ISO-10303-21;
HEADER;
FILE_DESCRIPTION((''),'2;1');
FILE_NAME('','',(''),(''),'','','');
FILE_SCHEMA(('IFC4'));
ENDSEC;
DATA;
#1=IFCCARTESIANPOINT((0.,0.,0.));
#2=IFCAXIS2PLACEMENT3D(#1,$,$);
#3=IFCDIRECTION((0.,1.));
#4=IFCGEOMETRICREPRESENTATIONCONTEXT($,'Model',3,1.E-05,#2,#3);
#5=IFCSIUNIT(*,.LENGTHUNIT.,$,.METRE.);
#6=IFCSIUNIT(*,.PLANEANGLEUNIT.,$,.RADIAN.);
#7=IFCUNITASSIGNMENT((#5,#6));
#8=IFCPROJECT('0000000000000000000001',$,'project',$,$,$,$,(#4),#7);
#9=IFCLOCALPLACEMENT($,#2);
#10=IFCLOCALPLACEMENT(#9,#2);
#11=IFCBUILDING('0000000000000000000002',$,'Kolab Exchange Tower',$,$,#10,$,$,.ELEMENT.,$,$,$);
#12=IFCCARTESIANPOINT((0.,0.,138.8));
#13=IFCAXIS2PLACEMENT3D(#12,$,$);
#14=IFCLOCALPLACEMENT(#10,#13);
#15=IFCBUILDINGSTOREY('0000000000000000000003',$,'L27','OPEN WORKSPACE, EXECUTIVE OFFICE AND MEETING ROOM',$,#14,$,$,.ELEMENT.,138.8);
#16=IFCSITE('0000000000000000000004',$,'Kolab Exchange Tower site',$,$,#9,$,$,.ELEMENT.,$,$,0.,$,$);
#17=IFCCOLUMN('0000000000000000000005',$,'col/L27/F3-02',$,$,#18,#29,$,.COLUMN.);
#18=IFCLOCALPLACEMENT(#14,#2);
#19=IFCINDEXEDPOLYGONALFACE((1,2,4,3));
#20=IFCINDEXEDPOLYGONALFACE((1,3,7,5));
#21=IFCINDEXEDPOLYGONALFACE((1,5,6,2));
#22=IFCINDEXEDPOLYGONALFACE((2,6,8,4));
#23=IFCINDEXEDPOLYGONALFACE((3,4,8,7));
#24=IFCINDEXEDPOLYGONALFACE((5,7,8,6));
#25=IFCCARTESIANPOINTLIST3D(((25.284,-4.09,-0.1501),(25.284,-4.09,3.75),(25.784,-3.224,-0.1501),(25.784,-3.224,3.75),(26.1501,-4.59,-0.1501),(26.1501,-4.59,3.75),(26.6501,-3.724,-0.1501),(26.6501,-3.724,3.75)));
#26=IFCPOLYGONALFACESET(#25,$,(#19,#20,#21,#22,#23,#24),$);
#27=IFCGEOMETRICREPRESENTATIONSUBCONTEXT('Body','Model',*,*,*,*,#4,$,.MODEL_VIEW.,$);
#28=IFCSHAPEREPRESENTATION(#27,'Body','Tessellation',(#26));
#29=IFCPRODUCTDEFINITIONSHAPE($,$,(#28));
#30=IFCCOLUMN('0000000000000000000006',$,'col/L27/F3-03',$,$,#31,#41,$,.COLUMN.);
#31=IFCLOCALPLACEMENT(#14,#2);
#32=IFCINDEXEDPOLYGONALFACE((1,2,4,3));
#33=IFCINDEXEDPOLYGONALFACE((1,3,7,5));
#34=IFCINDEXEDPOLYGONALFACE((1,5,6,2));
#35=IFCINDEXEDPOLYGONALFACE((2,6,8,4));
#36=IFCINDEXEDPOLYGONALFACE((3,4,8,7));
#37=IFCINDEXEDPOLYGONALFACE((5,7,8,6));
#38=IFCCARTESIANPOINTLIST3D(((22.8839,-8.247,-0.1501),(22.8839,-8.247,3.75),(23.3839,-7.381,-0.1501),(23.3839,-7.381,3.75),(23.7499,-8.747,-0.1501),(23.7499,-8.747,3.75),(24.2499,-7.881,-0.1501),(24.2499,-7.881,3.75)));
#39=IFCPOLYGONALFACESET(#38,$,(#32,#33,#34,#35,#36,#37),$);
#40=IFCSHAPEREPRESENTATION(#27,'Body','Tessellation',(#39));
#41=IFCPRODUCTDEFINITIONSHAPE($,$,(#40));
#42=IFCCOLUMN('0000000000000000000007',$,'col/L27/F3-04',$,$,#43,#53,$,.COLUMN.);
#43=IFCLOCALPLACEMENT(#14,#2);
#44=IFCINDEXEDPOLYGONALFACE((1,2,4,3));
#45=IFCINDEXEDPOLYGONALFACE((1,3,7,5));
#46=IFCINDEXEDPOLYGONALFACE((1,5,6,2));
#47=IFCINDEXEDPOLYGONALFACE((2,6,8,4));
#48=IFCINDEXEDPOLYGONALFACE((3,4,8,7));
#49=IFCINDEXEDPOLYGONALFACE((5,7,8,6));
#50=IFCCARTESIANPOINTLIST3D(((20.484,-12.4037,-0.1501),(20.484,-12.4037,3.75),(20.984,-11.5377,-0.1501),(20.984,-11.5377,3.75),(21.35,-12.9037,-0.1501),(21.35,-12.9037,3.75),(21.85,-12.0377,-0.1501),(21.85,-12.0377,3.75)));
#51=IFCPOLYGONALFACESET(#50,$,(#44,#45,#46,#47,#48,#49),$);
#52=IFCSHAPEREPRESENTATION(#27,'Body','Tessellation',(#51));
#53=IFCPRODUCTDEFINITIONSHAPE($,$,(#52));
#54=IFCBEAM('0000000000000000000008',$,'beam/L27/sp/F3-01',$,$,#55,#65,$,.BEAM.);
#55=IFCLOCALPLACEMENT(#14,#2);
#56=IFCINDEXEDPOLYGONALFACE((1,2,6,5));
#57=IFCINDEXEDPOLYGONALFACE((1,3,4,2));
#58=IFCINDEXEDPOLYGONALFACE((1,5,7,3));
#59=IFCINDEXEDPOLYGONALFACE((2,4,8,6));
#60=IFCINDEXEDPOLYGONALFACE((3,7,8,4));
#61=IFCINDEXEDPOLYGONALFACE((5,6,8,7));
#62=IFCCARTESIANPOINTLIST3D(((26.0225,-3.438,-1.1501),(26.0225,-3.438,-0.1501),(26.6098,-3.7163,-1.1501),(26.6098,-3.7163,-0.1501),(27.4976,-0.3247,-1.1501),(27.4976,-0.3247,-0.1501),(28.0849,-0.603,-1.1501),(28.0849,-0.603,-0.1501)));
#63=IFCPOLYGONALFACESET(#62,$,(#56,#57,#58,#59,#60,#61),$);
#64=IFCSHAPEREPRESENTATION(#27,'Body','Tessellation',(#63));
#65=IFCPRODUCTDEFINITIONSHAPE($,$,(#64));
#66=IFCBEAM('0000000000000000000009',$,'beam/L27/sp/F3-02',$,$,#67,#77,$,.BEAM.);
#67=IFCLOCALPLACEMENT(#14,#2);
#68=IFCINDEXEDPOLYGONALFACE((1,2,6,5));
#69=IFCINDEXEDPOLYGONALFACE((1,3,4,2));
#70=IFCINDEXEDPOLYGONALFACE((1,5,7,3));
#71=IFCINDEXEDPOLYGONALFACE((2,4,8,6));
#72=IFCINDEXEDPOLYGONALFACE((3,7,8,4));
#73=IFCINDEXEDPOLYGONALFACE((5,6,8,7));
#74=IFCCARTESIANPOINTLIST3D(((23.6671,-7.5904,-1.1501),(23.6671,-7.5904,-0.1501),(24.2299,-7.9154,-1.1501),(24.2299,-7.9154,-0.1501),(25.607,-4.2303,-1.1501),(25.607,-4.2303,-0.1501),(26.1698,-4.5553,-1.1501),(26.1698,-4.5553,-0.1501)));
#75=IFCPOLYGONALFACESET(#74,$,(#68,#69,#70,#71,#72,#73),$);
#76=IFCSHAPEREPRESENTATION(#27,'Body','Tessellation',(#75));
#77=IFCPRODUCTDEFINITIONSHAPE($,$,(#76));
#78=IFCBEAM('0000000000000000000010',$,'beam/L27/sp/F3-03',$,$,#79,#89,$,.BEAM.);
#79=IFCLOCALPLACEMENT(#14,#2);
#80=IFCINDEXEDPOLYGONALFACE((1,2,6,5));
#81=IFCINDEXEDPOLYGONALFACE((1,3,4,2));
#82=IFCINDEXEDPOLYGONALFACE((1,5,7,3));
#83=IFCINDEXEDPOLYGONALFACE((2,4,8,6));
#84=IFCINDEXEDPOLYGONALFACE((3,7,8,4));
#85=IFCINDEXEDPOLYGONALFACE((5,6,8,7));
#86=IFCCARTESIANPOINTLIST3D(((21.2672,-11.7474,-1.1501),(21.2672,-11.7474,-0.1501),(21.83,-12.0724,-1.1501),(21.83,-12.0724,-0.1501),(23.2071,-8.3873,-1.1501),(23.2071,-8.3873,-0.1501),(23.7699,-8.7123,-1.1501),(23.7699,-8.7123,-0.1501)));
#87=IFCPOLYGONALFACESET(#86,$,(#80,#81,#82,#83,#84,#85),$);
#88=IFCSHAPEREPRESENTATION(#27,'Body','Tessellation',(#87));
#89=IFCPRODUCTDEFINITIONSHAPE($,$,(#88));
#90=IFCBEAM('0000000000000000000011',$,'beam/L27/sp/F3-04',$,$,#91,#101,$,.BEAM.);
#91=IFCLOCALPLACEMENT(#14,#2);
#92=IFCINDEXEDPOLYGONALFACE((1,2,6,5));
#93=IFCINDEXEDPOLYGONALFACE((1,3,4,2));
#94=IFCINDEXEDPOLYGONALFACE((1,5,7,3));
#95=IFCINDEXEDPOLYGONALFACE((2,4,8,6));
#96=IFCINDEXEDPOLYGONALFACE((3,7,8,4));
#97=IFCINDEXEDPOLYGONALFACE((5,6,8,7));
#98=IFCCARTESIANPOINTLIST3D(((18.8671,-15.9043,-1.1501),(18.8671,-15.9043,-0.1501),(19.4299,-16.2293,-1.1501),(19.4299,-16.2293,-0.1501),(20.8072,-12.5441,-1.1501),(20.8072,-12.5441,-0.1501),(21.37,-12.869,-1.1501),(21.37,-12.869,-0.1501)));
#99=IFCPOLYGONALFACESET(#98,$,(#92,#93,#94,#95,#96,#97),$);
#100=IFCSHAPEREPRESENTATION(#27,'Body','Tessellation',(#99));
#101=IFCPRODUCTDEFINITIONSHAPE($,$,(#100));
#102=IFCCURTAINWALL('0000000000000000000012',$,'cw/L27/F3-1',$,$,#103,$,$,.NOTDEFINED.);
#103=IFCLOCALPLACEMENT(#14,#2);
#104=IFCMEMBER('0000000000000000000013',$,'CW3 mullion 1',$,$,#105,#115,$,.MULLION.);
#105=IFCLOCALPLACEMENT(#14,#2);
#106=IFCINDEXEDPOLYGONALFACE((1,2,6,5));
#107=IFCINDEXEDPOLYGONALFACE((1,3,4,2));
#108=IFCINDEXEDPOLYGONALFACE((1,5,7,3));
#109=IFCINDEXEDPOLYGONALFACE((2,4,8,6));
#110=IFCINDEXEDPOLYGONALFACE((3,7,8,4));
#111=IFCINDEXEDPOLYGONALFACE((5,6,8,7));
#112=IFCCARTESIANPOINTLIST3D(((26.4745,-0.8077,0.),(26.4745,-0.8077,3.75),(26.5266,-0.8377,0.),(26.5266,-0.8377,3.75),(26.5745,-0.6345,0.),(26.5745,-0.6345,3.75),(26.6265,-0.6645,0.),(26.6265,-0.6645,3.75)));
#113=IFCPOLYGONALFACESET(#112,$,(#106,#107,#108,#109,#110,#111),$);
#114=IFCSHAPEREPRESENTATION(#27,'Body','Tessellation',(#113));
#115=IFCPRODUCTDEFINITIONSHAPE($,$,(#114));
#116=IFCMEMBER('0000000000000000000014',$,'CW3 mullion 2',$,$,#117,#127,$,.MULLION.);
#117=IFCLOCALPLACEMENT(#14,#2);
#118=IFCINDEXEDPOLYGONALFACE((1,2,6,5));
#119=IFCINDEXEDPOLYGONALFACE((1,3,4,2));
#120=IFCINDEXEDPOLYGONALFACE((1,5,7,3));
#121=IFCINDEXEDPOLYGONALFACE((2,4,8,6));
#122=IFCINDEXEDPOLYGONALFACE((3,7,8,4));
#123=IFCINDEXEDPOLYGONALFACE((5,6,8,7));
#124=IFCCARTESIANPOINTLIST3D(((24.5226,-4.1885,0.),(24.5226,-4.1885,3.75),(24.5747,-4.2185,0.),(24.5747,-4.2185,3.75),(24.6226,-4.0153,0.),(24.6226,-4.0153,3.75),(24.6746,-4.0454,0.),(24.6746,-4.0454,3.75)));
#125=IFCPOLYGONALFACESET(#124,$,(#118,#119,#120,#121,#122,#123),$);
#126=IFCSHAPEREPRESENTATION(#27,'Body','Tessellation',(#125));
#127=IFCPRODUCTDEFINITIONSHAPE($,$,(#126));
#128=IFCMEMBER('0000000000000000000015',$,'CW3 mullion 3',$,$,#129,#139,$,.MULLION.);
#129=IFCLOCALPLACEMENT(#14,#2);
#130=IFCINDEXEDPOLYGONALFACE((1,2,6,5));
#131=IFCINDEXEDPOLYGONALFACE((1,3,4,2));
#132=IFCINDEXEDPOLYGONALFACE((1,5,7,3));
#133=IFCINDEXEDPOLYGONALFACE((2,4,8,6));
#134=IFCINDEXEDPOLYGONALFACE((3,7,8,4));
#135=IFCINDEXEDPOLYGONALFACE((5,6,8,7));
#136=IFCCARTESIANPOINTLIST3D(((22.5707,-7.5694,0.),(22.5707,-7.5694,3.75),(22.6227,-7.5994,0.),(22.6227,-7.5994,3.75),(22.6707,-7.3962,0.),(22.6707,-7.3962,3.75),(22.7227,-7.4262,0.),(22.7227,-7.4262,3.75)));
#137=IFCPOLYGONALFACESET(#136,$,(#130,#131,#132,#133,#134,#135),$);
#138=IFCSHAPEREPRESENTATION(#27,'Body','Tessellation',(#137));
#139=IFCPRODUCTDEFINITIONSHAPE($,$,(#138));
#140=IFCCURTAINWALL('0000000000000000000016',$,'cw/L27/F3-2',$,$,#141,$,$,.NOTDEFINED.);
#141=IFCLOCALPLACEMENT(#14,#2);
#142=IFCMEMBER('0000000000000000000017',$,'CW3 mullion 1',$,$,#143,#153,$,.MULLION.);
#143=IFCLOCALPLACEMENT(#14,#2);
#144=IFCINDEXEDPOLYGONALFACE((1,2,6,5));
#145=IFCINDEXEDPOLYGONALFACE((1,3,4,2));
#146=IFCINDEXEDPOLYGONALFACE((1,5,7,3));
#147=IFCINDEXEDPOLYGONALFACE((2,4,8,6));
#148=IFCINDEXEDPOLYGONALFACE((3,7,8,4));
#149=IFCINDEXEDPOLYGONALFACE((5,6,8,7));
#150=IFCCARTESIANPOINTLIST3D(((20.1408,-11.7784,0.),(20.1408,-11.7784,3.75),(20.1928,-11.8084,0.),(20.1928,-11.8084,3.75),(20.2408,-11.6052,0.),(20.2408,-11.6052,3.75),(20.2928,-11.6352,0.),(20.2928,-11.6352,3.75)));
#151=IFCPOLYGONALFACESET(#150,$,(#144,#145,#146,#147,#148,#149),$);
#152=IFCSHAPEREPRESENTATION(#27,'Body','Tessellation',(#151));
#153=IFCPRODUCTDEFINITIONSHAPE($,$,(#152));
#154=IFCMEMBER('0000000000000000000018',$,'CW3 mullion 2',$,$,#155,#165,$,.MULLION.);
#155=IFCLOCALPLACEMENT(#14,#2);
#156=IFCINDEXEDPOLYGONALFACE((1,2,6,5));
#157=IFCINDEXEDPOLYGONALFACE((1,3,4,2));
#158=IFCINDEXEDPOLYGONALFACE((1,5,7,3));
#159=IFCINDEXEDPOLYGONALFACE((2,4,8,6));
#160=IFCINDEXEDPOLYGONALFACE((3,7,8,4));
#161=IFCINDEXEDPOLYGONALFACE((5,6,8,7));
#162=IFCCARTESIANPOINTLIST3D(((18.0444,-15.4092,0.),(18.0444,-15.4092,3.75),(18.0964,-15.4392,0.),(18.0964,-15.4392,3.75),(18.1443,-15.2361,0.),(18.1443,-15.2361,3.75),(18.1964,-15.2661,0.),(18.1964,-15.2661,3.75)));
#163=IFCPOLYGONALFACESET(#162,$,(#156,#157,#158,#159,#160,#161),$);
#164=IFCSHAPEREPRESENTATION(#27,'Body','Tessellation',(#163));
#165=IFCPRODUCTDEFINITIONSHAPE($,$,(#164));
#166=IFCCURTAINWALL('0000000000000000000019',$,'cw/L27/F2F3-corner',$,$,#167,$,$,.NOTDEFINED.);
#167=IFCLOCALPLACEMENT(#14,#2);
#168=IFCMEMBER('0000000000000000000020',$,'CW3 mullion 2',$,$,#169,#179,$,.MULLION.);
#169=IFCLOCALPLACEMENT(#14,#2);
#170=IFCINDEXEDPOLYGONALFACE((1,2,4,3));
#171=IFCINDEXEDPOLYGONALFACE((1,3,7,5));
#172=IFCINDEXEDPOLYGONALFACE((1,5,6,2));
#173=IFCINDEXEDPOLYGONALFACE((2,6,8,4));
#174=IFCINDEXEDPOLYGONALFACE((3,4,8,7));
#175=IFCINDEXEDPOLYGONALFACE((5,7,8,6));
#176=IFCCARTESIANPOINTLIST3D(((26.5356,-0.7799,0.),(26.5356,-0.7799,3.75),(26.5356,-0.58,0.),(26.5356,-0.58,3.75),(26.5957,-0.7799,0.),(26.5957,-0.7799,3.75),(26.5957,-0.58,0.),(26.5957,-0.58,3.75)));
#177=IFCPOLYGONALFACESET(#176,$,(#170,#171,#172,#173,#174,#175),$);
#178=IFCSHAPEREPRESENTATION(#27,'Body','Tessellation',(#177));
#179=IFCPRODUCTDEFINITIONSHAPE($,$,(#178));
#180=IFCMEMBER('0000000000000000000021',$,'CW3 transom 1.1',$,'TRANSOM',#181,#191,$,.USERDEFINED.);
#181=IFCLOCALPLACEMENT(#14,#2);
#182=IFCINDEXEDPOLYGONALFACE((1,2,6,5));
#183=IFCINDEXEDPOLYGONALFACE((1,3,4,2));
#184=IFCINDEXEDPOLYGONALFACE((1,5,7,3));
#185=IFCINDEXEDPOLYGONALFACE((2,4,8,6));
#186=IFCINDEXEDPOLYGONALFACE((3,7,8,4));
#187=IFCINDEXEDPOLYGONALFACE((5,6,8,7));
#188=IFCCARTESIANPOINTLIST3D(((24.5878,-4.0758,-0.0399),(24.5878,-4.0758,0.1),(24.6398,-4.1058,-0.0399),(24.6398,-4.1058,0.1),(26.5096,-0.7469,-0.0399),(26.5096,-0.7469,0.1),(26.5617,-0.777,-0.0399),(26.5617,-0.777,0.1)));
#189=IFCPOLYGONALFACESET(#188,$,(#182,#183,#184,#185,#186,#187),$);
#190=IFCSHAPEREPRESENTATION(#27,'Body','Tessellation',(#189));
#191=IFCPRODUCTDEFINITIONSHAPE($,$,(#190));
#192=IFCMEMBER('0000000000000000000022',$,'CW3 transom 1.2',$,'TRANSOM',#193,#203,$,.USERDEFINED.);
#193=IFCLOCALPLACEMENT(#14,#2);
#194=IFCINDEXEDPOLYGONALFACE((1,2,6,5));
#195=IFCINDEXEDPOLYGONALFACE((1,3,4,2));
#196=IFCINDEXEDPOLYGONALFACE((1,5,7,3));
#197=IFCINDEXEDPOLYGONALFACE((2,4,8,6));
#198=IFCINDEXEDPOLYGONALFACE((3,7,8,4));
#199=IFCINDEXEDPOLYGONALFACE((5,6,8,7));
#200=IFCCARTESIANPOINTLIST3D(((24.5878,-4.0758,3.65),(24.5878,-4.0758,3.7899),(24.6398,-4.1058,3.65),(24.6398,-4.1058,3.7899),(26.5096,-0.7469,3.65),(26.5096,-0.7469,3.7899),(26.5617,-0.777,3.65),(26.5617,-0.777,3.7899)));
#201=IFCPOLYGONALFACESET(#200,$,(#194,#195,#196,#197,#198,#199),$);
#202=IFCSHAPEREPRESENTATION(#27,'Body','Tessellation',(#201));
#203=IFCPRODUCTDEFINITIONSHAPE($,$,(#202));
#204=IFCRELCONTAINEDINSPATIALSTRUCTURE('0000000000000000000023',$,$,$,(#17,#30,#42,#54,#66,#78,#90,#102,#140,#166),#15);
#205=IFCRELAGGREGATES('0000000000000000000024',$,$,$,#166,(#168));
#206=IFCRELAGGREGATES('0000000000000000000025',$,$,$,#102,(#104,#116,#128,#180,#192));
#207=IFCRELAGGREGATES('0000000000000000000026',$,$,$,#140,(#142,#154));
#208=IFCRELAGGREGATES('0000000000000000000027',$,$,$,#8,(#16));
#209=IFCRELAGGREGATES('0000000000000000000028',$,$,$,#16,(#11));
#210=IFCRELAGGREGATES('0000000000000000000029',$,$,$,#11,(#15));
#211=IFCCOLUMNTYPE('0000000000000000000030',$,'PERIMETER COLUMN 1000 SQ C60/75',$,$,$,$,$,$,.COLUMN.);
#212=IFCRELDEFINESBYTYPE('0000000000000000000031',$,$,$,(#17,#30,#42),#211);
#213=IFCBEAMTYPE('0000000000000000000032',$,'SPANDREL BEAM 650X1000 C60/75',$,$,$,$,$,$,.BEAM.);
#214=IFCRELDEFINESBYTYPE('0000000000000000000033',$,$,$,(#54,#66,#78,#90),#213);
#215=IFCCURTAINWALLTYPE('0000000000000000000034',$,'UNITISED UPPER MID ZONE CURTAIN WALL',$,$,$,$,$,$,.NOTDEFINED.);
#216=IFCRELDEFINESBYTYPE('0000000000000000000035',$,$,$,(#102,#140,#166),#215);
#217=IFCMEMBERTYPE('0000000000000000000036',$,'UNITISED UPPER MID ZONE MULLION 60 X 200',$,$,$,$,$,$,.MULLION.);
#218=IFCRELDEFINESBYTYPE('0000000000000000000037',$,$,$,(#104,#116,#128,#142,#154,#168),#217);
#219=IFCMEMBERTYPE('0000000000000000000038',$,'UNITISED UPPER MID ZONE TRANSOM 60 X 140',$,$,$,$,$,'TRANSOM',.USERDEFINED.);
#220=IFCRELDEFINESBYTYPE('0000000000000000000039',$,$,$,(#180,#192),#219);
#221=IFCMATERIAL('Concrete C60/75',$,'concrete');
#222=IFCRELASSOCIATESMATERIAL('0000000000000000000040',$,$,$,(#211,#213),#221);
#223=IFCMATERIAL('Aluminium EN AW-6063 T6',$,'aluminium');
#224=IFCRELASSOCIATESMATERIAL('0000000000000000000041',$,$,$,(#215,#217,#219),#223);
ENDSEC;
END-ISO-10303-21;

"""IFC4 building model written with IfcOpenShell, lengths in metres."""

from ifc_helpers import new_model, si_unit, direction, frame, origin, origin_2d, place, context, subcontext, project, spatial, rectangle, extrude, material, material_profile, profile_set, type_object, element, aggregate, save


model = new_model("IFC4")

# Units and contexts
model_context = context("Model", 3, precision=1e-05, world=origin(), true_north=direction((0.0, 1.0)))
body_context = subcontext(model_context, "Body", "Model", "MODEL_VIEW")
ifc_project = project(units=[si_unit("LENGTHUNIT", "METRE"), si_unit("PLANEANGLEUNIT", "RADIAN")], contexts=[model_context])

# Site, building, storey
site_placement = place(None, origin())
site = spatial("IfcSite", under=ifc_project, at=site_placement, Name="Kolab Exchange Tower site", CompositionType="ELEMENT", RefElevation=0.0)
building_placement = place(site_placement, origin())
building = spatial("IfcBuilding", under=site, at=building_placement, Name="Kolab Exchange Tower", CompositionType="ELEMENT")
storey_placement = place(building_placement, frame((0.0, 0.0, 138.8)))
storey = spatial("IfcBuildingStorey", under=building, at=storey_placement, Name="L27", Description="OPEN WORKSPACE, EXECUTIVE OFFICE AND MEETING ROOM", CompositionType="ELEMENT", Elevation=138.8)

# Columns
ifc_material_1 = material(Name="Concrete C60/75", Category="concrete")
ifc_material_profile_1 = material_profile(ifc_material_1, rectangle(XDim=1.0, YDim=1.0, at=origin_2d()), Name="RC1000")
ifc_profile_set_1 = profile_set([ifc_material_profile_1], Name="Concrete C60/75")
column_type = type_object("IfcColumnType", Name="PERIMETER COLUMN 1000 SQ C60/75", PredefinedType="COLUMN", material=ifc_profile_set_1)
for number, where, z_axis, x_axis, name in (
    (1, (25.967, -3.907, -0.1501), (0.0, 0.0, 1.0), (0.5, 0.866025, 0.0), "col/L27/F3-02"),
    (2, (23.5669, -8.064, -0.1501), (0.0, 0.0, 1.0), (0.5, 0.866025, 0.0), "col/L27/F3-03"),
    (3, (21.167, -12.2207, -0.1501), (0.0, 0.0, 1.0), (0.5, 0.866025, 0.0), "col/L27/F3-04"),
):
    element("IfcColumn", number, at=place(storey_placement, frame(where, z_axis=z_axis, x_axis=x_axis)), inside=storey, type_object=column_type, Name=name, PredefinedType="COLUMN", context=body_context, shape_type="SweptSolid", body=[
        extrude(rectangle(XDim=1.0, YDim=1.0, at=origin_2d()), origin(), (0.0, 0.0, 1.0), 3.9001),
    ])

# Beams
ifc_material_profile_2 = material_profile(ifc_material_1, rectangle(XDim=0.6499, YDim=1.0, at=origin_2d()), Name="RC650X1000")
ifc_profile_set_2 = profile_set([ifc_material_profile_2], Name="Concrete C60/75")
beam_type = type_object("IfcBeamType", Name="SPANDREL BEAM 650X1000 C60/75", PredefinedType="BEAM", material=ifc_profile_set_2)
beam_1_placement = place(storey_placement, frame((27.7913, -0.4639, -0.6501), z_axis=(-0.428178, -0.903695, 0.0), x_axis=(0.903695, -0.428178, 0.0)))
element("IfcBeam", 4, at=beam_1_placement, inside=storey, type_object=beam_type, Name="beam/L27/sp/F3-01", PredefinedType="BEAM", context=body_context, shape_type="SweptSolid", body=[
    extrude(rectangle(XDim=0.6499, YDim=1.0, at=origin_2d()), origin(), (0.0, 0.0, 1.0), 3.4451),
])
for number, where, z_axis, x_axis, name in (
    (5, (25.8884, -4.3928, -0.6501), (-0.499997, -0.866027, 0.0), (0.866027, -0.499997, 0.0), "beam/L27/sp/F3-02"),
    (6, (23.4885, -8.5498, -0.6501), (-0.499997, -0.866027, 0.0), (0.866027, -0.499997, 0.0), "beam/L27/sp/F3-03"),
):
    element("IfcBeam", number, at=place(storey_placement, frame(where, z_axis=z_axis, x_axis=x_axis)), inside=storey, type_object=beam_type, Name=name, PredefinedType="BEAM", context=body_context, shape_type="SweptSolid", body=[
        extrude(rectangle(XDim=0.6499, YDim=1.0, at=origin_2d()), origin(), (0.0, 0.0, 1.0), 3.8799),
    ])
beam_2_placement = place(storey_placement, frame((21.0886, -12.7065, -0.6501), z_axis=(-0.500017, -0.866016, 0.0), x_axis=(0.866016, -0.500017, 0.0)))
element("IfcBeam", 7, at=beam_2_placement, inside=storey, type_object=beam_type, Name="beam/L27/sp/F3-04", PredefinedType="BEAM", context=body_context, shape_type="SweptSolid", body=[
    extrude(rectangle(XDim=0.6499, YDim=1.0, at=origin_2d()), origin(), (0.0, 0.0, 1.0), 3.8801),
])

# Curtain walls, members
ifc_material_2 = material(Name="Aluminium EN AW-6063 T6", Category="aluminium")
curtain_wall_type = type_object("IfcCurtainWallType", Name="UNITISED UPPER MID ZONE CURTAIN WALL", PredefinedType="NOTDEFINED", material=ifc_material_2)
curtain_wall_1_placement = place(storey_placement, origin())
curtain_wall_1 = element("IfcCurtainWall", 8, at=curtain_wall_1_placement, inside=storey, type_object=curtain_wall_type, Name="cw/L27/F3-1", PredefinedType="NOTDEFINED")
ifc_material_profile_3 = material_profile(ifc_material_2, rectangle(XDim=0.0601, YDim=0.2, at=origin_2d()), Name="RECT 60X200")
ifc_profile_set_3 = profile_set([ifc_material_profile_3], Name="Aluminium EN AW-6063 T6")
member_type_1 = type_object("IfcMemberType", Name="UNITISED UPPER MID ZONE MULLION 60 X 200", PredefinedType="MULLION", material=ifc_profile_set_3)
member_1_placement = place(storey_placement, frame((26.5505, -0.7361, 0.0), z_axis=(0.0, 0.0, 1.0), x_axis=(0.866025, -0.5, 0.0)))
member_1 = element("IfcMember", 9, at=member_1_placement, type_object=member_type_1, Name="CW3 mullion 1", PredefinedType="MULLION", context=body_context, shape_type="SweptSolid", body=[
    extrude(rectangle(XDim=0.0601, YDim=0.2, at=origin_2d()), origin(), (0.0, 0.0, 1.0), 3.75),
])
member_2_placement = place(storey_placement, frame((24.5986, -4.1169, 0.0), z_axis=(0.0, 0.0, 1.0), x_axis=(0.866025, -0.5, 0.0)))
member_2 = element("IfcMember", 10, at=member_2_placement, type_object=member_type_1, Name="CW3 mullion 2", PredefinedType="MULLION", context=body_context, shape_type="SweptSolid", body=[
    extrude(rectangle(XDim=0.0601, YDim=0.2, at=origin_2d()), origin(), (0.0, 0.0, 1.0), 3.75),
])
member_3_placement = place(storey_placement, frame((22.6467, -7.4978, 0.0), z_axis=(0.0, 0.0, 1.0), x_axis=(0.866025, -0.5, 0.0)))
member_3 = element("IfcMember", 11, at=member_3_placement, type_object=member_type_1, Name="CW3 mullion 3", PredefinedType="MULLION", context=body_context, shape_type="SweptSolid", body=[
    extrude(rectangle(XDim=0.0601, YDim=0.2, at=origin_2d()), origin(), (0.0, 0.0, 1.0), 3.75),
])
curtain_wall_2_placement = place(storey_placement, origin())
curtain_wall_2 = element("IfcCurtainWall", 12, at=curtain_wall_2_placement, inside=storey, type_object=curtain_wall_type, Name="cw/L27/F3-2", PredefinedType="NOTDEFINED")
member_4_placement = place(storey_placement, frame((20.2168, -11.7068, 0.0), z_axis=(0.0, 0.0, 1.0), x_axis=(0.866025, -0.5, 0.0)))
member_4 = element("IfcMember", 13, at=member_4_placement, type_object=member_type_1, Name="CW3 mullion 1", PredefinedType="MULLION", context=body_context, shape_type="SweptSolid", body=[
    extrude(rectangle(XDim=0.0601, YDim=0.2, at=origin_2d()), origin(), (0.0, 0.0, 1.0), 3.75),
])
member_5_placement = place(storey_placement, frame((18.1204, -15.3376, 0.0), z_axis=(0.0, 0.0, 1.0), x_axis=(0.866025, -0.5, 0.0)))
member_5 = element("IfcMember", 14, at=member_5_placement, type_object=member_type_1, Name="CW3 mullion 2", PredefinedType="MULLION", context=body_context, shape_type="SweptSolid", body=[
    extrude(rectangle(XDim=0.0601, YDim=0.2, at=origin_2d()), origin(), (0.0, 0.0, 1.0), 3.75),
])

# Curtain wall, member
curtain_wall_3_placement = place(storey_placement, origin())
curtain_wall_3 = element("IfcCurtainWall", 15, at=curtain_wall_3_placement, inside=storey, type_object=curtain_wall_type, Name="cw/L27/F2F3-corner", PredefinedType="NOTDEFINED")
member_6_placement = place(storey_placement, frame((26.5657, -0.6799, 0.0), z_axis=(0.0, 0.0, 1.0), x_axis=(1.0, 0.0, 0.0)))
member_6 = element("IfcMember", 16, at=member_6_placement, type_object=member_type_1, Name="CW3 mullion 2", PredefinedType="MULLION", context=body_context, shape_type="SweptSolid", body=[
    extrude(rectangle(XDim=0.0601, YDim=0.2, at=origin_2d()), origin(), (0.0, 0.0, 1.0), 3.75),
])
aggregate(curtain_wall_3, [member_6])

# Members
ifc_material_profile_4 = material_profile(ifc_material_2, rectangle(XDim=0.0601, YDim=0.1399, at=origin_2d()), Name="RECT 60X140")
ifc_profile_set_4 = profile_set([ifc_material_profile_4], Name="Aluminium EN AW-6063 T6")
member_type_2 = type_object("IfcMemberType", Name="UNITISED UPPER MID ZONE TRANSOM 60 X 140", ElementType="TRANSOM", PredefinedType="USERDEFINED", material=ifc_profile_set_4)
member_7_placement = place(storey_placement, frame((26.5356, -0.762, 0.03), z_axis=(-0.499992, -0.86603, 0.0), x_axis=(0.86603, -0.499992, 0.0)))
member_7 = element("IfcMember", 17, at=member_7_placement, type_object=member_type_2, Name="CW3 transom 1.1", ObjectType="TRANSOM", PredefinedType="USERDEFINED", context=body_context, shape_type="SweptSolid", body=[
    extrude(rectangle(XDim=0.0601, YDim=0.1399, at=origin_2d()), origin(), (0.0, 0.0, 1.0), 3.8438),
])
member_8_placement = place(storey_placement, frame((26.5356, -0.762, 3.72), z_axis=(-0.499992, -0.86603, 0.0), x_axis=(0.86603, -0.499992, 0.0)))
member_8 = element("IfcMember", 18, at=member_8_placement, type_object=member_type_2, Name="CW3 transom 1.2", ObjectType="TRANSOM", PredefinedType="USERDEFINED", context=body_context, shape_type="SweptSolid", body=[
    extrude(rectangle(XDim=0.0601, YDim=0.1399, at=origin_2d()), origin(), (0.0, 0.0, 1.0), 3.8438),
])

aggregate(curtain_wall_1, [member_1, member_2, member_3, member_7, member_8])
aggregate(curtain_wall_2, [member_4, member_5])

save(model, "model.ifc")
